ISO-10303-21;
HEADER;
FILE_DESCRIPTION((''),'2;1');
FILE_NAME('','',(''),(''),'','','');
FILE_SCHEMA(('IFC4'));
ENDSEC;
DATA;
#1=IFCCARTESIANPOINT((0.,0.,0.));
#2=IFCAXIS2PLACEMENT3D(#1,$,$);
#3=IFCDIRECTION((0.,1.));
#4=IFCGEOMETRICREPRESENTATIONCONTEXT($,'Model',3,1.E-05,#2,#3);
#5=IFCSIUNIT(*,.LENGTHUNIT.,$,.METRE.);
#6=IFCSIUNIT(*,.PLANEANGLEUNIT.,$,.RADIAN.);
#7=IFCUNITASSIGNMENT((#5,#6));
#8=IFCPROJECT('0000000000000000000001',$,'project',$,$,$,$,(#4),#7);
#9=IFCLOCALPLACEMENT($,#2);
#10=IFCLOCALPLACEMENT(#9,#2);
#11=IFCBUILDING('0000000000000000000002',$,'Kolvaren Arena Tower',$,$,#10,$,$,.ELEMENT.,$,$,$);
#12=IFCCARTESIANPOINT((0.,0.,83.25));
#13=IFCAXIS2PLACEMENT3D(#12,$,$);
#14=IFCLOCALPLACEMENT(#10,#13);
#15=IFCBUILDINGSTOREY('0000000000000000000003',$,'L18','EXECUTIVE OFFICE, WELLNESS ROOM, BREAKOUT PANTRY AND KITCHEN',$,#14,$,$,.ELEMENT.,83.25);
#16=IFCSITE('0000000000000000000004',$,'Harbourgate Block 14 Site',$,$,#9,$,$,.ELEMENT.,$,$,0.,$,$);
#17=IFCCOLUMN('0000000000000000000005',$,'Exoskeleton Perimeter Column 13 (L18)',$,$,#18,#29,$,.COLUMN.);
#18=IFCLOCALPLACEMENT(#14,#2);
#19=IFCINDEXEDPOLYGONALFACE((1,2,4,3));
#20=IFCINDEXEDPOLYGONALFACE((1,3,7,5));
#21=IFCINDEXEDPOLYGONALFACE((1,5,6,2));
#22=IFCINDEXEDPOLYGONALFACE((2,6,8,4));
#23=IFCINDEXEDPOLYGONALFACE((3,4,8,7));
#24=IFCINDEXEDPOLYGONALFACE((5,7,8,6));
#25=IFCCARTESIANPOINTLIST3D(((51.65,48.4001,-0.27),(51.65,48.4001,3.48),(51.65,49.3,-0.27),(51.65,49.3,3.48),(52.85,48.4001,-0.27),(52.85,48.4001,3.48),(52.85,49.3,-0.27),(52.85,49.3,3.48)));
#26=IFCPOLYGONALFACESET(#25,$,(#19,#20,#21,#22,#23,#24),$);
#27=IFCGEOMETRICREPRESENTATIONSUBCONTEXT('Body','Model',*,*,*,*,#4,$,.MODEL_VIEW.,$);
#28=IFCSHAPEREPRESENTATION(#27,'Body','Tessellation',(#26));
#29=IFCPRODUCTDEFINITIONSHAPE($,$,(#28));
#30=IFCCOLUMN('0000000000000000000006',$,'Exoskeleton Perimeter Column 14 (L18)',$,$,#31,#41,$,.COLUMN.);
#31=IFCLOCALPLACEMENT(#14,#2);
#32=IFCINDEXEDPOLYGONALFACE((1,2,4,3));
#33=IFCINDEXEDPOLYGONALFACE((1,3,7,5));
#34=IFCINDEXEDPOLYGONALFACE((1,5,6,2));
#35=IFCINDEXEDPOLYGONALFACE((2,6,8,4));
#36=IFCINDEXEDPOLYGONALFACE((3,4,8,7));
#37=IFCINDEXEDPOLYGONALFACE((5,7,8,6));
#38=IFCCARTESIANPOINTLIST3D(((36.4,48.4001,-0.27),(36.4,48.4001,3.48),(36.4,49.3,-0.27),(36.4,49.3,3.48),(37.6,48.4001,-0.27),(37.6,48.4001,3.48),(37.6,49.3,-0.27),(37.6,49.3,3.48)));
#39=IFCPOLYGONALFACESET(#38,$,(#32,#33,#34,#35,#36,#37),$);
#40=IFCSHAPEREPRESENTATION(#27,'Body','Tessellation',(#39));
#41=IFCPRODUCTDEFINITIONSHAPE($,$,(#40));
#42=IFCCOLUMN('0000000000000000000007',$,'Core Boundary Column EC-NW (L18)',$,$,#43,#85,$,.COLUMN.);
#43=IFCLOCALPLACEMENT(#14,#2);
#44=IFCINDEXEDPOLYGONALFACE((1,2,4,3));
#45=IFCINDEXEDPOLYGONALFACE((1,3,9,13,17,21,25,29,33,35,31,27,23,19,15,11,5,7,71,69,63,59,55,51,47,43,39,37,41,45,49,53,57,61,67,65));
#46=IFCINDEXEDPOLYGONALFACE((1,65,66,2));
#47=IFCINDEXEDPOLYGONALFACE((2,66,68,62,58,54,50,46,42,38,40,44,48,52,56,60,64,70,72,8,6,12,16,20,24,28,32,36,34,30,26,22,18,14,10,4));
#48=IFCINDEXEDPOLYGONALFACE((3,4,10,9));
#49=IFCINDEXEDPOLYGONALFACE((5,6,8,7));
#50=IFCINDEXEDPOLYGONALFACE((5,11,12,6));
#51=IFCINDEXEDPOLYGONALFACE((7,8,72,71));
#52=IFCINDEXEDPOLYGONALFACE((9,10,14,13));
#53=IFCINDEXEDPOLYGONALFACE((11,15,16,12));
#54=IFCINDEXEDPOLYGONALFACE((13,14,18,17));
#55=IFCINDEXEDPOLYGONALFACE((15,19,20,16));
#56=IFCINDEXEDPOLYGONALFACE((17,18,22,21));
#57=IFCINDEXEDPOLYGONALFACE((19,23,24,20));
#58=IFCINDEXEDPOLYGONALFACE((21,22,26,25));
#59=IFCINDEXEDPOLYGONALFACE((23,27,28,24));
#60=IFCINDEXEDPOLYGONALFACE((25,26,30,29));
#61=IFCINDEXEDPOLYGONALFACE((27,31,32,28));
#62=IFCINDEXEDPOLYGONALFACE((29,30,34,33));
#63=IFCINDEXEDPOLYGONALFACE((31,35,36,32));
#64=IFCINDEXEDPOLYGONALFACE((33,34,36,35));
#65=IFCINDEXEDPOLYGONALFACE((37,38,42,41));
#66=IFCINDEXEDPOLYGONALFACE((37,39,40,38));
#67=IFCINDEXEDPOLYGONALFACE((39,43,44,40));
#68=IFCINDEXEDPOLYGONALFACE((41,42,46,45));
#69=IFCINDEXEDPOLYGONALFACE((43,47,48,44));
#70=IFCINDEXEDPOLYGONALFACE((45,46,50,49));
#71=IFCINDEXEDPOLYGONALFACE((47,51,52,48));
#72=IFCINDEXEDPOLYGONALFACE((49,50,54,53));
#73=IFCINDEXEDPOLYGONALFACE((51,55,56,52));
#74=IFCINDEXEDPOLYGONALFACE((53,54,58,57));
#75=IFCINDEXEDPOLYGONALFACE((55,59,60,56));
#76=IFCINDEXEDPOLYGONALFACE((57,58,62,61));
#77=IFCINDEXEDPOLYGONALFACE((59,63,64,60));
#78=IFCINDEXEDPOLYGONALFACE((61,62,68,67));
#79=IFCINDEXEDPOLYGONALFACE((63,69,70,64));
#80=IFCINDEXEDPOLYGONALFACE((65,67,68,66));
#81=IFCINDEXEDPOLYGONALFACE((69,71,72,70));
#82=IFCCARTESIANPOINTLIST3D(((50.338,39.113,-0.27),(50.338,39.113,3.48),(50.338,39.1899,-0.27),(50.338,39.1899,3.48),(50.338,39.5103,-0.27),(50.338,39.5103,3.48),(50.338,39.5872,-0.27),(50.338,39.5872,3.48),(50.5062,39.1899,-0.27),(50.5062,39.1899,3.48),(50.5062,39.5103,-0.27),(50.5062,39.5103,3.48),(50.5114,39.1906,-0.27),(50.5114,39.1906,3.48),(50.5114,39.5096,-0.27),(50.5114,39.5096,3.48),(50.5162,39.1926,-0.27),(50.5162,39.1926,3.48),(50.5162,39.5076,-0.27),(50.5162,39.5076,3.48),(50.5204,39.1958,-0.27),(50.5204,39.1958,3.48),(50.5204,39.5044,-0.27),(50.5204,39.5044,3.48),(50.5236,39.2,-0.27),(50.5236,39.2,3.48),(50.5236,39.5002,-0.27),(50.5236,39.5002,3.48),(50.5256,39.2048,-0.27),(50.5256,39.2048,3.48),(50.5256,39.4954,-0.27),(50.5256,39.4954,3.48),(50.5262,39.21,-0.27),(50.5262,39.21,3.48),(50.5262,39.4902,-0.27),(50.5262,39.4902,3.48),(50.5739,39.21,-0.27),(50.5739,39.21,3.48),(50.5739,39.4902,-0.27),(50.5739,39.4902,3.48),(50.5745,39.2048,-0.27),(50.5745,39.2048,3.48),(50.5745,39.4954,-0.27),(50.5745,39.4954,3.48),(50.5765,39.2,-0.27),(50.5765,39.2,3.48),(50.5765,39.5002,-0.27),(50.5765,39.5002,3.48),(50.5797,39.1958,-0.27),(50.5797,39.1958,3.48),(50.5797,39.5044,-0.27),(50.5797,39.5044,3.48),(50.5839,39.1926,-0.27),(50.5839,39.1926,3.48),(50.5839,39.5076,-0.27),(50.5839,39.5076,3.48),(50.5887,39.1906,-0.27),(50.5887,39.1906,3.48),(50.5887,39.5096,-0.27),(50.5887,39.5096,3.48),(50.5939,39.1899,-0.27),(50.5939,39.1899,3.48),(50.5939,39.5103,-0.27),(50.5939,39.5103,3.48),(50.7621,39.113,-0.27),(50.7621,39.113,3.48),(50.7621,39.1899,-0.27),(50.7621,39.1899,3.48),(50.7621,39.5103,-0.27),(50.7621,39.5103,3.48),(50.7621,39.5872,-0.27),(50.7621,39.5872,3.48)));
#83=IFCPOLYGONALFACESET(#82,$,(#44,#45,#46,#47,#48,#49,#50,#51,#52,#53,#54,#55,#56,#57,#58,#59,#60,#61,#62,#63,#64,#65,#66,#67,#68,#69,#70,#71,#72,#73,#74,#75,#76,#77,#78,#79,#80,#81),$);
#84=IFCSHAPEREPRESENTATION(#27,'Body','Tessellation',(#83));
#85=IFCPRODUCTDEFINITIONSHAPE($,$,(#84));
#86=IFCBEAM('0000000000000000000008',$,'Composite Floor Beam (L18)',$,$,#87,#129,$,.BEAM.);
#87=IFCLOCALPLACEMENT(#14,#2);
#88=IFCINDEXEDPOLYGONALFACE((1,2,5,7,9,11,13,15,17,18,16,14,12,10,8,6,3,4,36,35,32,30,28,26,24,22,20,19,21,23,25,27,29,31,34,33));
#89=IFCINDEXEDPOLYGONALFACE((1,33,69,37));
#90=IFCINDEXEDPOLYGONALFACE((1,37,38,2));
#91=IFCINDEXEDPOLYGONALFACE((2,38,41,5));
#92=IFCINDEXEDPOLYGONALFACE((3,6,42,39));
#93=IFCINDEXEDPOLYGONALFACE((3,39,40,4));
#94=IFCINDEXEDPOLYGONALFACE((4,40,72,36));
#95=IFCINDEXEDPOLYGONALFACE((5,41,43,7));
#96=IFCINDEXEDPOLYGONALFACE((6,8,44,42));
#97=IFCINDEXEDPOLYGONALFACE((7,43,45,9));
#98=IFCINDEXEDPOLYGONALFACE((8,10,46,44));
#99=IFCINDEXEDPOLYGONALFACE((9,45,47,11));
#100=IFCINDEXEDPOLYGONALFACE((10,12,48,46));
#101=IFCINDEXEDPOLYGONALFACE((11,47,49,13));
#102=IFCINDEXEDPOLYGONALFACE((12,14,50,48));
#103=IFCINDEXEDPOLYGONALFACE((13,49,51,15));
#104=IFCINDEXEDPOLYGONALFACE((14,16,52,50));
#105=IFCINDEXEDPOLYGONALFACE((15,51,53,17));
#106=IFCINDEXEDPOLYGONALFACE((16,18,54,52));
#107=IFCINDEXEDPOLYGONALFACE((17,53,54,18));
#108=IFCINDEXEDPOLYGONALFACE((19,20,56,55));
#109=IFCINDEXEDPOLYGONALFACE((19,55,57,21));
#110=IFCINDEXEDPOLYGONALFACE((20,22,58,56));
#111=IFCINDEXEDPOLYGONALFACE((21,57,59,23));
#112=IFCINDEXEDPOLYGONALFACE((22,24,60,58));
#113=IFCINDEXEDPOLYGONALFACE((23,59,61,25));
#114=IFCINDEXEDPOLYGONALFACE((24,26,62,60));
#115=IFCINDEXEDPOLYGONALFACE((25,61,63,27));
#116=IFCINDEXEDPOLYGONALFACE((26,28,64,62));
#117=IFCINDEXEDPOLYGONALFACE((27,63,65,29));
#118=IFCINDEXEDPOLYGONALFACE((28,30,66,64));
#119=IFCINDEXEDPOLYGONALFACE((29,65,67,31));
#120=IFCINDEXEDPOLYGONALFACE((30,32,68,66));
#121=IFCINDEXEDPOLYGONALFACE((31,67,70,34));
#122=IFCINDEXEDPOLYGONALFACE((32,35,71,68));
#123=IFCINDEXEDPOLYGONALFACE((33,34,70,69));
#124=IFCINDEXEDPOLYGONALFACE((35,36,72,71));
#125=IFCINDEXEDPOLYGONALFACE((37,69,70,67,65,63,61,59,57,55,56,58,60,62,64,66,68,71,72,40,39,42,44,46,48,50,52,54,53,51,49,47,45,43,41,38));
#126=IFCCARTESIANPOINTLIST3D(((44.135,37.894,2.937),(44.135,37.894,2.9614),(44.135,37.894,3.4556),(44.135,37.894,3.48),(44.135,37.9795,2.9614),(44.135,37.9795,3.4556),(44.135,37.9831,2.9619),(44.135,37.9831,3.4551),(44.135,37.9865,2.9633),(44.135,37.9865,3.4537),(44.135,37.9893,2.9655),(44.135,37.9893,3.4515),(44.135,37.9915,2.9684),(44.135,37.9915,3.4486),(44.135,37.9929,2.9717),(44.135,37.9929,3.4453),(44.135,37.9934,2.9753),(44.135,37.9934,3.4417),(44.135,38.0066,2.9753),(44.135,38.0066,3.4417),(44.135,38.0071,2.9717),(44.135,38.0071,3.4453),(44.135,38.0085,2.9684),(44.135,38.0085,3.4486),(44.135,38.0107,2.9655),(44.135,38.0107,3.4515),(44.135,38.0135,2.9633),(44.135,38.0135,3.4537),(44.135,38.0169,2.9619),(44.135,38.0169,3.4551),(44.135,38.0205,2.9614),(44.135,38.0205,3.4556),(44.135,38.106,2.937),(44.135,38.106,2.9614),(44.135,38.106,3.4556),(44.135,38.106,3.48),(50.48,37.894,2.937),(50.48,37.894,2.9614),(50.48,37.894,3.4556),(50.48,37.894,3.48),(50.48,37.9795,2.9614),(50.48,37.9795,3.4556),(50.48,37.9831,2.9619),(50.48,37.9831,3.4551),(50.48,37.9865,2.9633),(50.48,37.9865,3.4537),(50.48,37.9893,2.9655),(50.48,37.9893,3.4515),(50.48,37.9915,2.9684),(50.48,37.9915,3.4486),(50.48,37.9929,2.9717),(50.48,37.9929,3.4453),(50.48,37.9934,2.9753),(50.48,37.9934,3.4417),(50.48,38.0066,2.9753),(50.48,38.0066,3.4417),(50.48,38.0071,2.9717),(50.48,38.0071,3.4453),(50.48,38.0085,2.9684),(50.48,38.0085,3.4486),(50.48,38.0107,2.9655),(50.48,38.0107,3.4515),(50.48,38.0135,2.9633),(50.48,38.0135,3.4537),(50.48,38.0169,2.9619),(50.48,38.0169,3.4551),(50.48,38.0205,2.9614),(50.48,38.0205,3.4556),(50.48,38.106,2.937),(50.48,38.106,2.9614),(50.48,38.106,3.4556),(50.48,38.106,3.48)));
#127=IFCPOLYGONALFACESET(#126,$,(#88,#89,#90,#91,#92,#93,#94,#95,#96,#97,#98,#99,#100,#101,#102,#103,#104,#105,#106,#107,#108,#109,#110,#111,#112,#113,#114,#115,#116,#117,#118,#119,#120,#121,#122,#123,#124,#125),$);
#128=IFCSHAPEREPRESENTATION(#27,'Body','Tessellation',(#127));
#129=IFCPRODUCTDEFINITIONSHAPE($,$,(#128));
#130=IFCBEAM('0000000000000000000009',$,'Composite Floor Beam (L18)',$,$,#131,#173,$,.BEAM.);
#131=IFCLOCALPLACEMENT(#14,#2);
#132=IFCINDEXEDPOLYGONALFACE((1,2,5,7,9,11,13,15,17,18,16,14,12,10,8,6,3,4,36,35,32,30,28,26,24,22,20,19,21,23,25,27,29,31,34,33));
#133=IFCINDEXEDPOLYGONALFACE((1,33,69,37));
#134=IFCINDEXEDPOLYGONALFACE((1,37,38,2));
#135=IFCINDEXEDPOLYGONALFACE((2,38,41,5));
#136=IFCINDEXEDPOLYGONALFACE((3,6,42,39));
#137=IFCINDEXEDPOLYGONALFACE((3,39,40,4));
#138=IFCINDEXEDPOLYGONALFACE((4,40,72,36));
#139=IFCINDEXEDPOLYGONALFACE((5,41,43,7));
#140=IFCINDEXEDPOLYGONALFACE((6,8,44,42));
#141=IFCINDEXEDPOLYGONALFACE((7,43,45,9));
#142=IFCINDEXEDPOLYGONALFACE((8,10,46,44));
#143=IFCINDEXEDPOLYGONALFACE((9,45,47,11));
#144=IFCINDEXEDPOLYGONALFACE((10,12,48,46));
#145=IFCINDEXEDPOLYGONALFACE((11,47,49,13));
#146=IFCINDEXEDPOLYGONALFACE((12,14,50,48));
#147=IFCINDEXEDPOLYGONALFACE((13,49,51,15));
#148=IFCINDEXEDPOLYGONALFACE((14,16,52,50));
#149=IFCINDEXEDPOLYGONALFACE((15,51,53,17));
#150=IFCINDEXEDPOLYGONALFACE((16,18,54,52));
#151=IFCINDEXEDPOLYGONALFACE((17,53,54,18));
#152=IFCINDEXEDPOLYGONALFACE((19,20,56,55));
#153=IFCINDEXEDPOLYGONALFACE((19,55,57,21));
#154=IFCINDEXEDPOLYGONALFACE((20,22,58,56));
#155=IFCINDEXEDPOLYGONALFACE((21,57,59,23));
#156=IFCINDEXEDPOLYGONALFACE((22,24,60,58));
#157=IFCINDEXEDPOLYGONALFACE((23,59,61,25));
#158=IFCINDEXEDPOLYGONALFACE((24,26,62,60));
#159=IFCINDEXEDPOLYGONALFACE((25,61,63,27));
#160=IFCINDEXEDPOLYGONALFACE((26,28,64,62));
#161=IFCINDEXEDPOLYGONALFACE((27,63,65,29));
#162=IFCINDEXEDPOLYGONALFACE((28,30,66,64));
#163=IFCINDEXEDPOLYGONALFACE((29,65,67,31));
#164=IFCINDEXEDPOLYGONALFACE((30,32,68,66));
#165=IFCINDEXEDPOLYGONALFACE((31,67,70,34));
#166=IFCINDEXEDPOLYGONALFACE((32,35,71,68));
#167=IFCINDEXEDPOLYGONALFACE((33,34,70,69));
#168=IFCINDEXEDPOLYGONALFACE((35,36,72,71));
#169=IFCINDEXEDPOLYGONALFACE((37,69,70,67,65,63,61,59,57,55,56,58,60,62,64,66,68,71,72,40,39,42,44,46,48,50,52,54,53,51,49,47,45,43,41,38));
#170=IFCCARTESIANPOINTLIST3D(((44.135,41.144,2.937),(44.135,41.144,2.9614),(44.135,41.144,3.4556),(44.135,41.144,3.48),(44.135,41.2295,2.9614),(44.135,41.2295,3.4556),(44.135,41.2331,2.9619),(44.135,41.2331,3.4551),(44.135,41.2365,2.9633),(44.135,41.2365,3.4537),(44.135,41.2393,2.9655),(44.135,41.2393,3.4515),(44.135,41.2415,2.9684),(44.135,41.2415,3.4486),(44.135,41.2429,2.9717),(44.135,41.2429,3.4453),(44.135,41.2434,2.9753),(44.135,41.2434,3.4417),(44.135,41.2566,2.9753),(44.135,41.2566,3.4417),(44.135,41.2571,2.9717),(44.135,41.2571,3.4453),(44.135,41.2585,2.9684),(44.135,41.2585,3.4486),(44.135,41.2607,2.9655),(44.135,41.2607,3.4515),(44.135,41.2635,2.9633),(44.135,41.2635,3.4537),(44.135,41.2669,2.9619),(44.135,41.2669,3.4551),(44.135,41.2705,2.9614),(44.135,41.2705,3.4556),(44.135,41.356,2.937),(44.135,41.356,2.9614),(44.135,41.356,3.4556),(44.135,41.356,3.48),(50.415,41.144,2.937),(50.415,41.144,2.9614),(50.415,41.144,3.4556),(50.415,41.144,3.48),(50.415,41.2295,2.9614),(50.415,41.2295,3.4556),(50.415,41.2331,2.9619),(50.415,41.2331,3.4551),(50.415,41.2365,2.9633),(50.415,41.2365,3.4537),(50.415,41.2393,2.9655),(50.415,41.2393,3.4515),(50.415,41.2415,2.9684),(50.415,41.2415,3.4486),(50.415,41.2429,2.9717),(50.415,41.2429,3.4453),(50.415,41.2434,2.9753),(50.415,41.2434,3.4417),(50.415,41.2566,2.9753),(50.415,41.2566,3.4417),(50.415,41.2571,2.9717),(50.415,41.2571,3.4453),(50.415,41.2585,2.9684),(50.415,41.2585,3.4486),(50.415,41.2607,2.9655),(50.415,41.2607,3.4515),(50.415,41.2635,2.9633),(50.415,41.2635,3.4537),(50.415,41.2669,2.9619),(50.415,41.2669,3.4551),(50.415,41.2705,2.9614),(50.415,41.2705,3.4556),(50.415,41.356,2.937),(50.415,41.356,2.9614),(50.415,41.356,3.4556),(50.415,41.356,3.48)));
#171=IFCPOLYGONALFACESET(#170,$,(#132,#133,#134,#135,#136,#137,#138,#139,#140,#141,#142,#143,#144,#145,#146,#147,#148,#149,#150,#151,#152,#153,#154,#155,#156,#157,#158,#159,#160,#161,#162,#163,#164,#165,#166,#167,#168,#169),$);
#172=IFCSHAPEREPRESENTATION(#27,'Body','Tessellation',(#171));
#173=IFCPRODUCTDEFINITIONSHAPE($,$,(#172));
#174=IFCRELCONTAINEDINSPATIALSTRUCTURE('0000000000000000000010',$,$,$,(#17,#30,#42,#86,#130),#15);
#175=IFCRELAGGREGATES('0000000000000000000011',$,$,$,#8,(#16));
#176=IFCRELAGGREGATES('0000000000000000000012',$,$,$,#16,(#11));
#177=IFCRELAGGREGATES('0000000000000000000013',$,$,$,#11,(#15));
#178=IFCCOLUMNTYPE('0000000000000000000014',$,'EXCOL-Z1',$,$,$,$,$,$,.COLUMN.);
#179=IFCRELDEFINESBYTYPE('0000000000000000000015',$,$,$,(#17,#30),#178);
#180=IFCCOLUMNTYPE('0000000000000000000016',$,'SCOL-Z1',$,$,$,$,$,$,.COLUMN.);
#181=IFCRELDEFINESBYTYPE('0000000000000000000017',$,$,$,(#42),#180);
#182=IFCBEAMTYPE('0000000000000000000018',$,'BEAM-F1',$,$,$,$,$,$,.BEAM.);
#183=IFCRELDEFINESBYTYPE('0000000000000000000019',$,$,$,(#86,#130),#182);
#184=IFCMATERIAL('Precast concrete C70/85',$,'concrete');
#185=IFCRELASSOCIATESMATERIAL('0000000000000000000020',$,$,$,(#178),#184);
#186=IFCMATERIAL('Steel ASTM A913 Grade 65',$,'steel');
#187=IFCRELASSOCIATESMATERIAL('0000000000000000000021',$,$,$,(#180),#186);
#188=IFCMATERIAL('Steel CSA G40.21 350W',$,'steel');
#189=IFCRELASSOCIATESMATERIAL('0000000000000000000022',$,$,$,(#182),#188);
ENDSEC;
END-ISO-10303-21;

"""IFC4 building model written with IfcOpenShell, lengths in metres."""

from ifc_helpers import new_model, si_unit, direction, frame, origin, origin_2d, place, context, subcontext, project, spatial, rectangle, i_section, extrude, material, material_profile, profile_set, type_object, element, save


model = new_model("IFC4")

# Units and contexts
model_context = context("Model", 3, precision=1e-05, world=origin(), true_north=direction((0.0, 1.0)))
body_context = subcontext(model_context, "Body", "Model", "MODEL_VIEW")
ifc_project = project(units=[si_unit("LENGTHUNIT", "METRE"), si_unit("PLANEANGLEUNIT", "RADIAN")], contexts=[model_context])

# Site, building, storey
site_placement = place(None, origin())
site = spatial("IfcSite", under=ifc_project, at=site_placement, Name="Harbourgate Block 14 Site", CompositionType="ELEMENT", RefElevation=0.0)
building_placement = place(site_placement, origin())
building = spatial("IfcBuilding", under=site, at=building_placement, Name="Kolvaren Arena Tower", CompositionType="ELEMENT")
storey_placement = place(building_placement, frame((0.0, 0.0, 83.25)))
storey = spatial("IfcBuildingStorey", under=building, at=storey_placement, Name="L18", Description="EXECUTIVE OFFICE, WELLNESS ROOM, BREAKOUT PANTRY AND KITCHEN", CompositionType="ELEMENT", Elevation=83.25)

# Columns
ifc_material_1 = material(Name="Precast concrete C70/85", Category="concrete")
ifc_material_profile_1 = material_profile(ifc_material_1, rectangle(XDim=1.2, YDim=0.8999, at=origin_2d()), Name="RC-1200x900")
ifc_profile_set_1 = profile_set([ifc_material_profile_1], Name="Precast concrete C70/85")
column_type_1 = type_object("IfcColumnType", Name="EXCOL-Z1", PredefinedType="COLUMN", material=ifc_profile_set_1)
for number, where, z_axis, x_axis, name in (
    (1, (52.25, 48.8501, -0.27), (0.0, 0.0, 1.0), (1.0, 0.0, 0.0), "Exoskeleton Perimeter Column 13 (L18)"),
    (2, (37.0, 48.8501, -0.27), (0.0, 0.0, 1.0), (1.0, 0.0, 0.0), "Exoskeleton Perimeter Column 14 (L18)"),
):
    element("IfcColumn", number, at=place(storey_placement, frame(where, z_axis=z_axis, x_axis=x_axis)), inside=storey, type_object=column_type_1, Name=name, PredefinedType="COLUMN", context=body_context, shape_type="SweptSolid", body=[
        extrude(rectangle(XDim=1.2, YDim=0.8999, at=origin_2d()), origin(), (0.0, 0.0, 1.0), 3.75),
    ])
ifc_material_2 = material(Name="Steel ASTM A913 Grade 65", Category="steel")
ifc_material_profile_2 = material_profile(ifc_material_2, i_section(OverallWidth=0.4241, OverallDepth=0.4741, WebThickness=0.0476, FlangeThickness=0.0769, FilletRadius=0.02, at=origin_2d()), Name="W360x634")
ifc_profile_set_2 = profile_set([ifc_material_profile_2], Name="Steel ASTM A913 Grade 65")
column_type_2 = type_object("IfcColumnType", Name="SCOL-Z1", PredefinedType="COLUMN", material=ifc_profile_set_2)
column_placement = place(storey_placement, frame((50.55, 39.3501, -0.27), z_axis=(0.0, 0.0, 1.0), x_axis=(1.0, 0.0, 0.0)))
element("IfcColumn", 3, at=column_placement, inside=storey, type_object=column_type_2, Name="Core Boundary Column EC-NW (L18)", PredefinedType="COLUMN", context=body_context, shape_type="SweptSolid", body=[
    extrude(i_section(OverallWidth=0.4241, OverallDepth=0.4741, WebThickness=0.0476, FlangeThickness=0.0769, FilletRadius=0.02, at=origin_2d()), origin(), (0.0, 0.0, 1.0), 3.75),
])

# Beams
ifc_material_3 = material(Name="Steel CSA G40.21 350W", Category="steel")
ifc_material_profile_3 = material_profile(ifc_material_3, i_section(OverallWidth=0.2119, OverallDepth=0.543, WebThickness=0.0132, FlangeThickness=0.0244, FilletRadius=0.0139, at=origin_2d()), Name="W530x150")
ifc_profile_set_3 = profile_set([ifc_material_profile_3], Name="Steel CSA G40.21 350W")
beam_type_1 = type_object("IfcBeamType", Name="BEAM-F1", PredefinedType="BEAM", material=ifc_profile_set_3)
beam_1_placement = place(storey_placement, frame((44.135, 38.0, 3.2085), z_axis=(1.0, 0.0, 0.0), x_axis=(0.0, 1.0, 0.0)))
element("IfcBeam", 4, at=beam_1_placement, inside=storey, type_object=beam_type_1, Name="Composite Floor Beam (L18)", PredefinedType="BEAM", context=body_context, shape_type="SweptSolid", body=[
    extrude(i_section(OverallWidth=0.2119, OverallDepth=0.543, WebThickness=0.0132, FlangeThickness=0.0244, FilletRadius=0.0139, at=origin_2d()), origin(), (0.0, 0.0, 1.0), 6.345),
])
beam_2_placement = place(storey_placement, frame((44.135, 41.25, 3.2085), z_axis=(1.0, 0.0, 0.0), x_axis=(0.0, 1.0, 0.0)))
element("IfcBeam", 5, at=beam_2_placement, inside=storey, type_object=beam_type_1, Name="Composite Floor Beam (L18)", PredefinedType="BEAM", context=body_context, shape_type="SweptSolid", body=[
    extrude(i_section(OverallWidth=0.2119, OverallDepth=0.543, WebThickness=0.0132, FlangeThickness=0.0244, FilletRadius=0.0139, at=origin_2d()), origin(), (0.0, 0.0, 1.0), 6.28),
])

save(model, "model.ifc")
